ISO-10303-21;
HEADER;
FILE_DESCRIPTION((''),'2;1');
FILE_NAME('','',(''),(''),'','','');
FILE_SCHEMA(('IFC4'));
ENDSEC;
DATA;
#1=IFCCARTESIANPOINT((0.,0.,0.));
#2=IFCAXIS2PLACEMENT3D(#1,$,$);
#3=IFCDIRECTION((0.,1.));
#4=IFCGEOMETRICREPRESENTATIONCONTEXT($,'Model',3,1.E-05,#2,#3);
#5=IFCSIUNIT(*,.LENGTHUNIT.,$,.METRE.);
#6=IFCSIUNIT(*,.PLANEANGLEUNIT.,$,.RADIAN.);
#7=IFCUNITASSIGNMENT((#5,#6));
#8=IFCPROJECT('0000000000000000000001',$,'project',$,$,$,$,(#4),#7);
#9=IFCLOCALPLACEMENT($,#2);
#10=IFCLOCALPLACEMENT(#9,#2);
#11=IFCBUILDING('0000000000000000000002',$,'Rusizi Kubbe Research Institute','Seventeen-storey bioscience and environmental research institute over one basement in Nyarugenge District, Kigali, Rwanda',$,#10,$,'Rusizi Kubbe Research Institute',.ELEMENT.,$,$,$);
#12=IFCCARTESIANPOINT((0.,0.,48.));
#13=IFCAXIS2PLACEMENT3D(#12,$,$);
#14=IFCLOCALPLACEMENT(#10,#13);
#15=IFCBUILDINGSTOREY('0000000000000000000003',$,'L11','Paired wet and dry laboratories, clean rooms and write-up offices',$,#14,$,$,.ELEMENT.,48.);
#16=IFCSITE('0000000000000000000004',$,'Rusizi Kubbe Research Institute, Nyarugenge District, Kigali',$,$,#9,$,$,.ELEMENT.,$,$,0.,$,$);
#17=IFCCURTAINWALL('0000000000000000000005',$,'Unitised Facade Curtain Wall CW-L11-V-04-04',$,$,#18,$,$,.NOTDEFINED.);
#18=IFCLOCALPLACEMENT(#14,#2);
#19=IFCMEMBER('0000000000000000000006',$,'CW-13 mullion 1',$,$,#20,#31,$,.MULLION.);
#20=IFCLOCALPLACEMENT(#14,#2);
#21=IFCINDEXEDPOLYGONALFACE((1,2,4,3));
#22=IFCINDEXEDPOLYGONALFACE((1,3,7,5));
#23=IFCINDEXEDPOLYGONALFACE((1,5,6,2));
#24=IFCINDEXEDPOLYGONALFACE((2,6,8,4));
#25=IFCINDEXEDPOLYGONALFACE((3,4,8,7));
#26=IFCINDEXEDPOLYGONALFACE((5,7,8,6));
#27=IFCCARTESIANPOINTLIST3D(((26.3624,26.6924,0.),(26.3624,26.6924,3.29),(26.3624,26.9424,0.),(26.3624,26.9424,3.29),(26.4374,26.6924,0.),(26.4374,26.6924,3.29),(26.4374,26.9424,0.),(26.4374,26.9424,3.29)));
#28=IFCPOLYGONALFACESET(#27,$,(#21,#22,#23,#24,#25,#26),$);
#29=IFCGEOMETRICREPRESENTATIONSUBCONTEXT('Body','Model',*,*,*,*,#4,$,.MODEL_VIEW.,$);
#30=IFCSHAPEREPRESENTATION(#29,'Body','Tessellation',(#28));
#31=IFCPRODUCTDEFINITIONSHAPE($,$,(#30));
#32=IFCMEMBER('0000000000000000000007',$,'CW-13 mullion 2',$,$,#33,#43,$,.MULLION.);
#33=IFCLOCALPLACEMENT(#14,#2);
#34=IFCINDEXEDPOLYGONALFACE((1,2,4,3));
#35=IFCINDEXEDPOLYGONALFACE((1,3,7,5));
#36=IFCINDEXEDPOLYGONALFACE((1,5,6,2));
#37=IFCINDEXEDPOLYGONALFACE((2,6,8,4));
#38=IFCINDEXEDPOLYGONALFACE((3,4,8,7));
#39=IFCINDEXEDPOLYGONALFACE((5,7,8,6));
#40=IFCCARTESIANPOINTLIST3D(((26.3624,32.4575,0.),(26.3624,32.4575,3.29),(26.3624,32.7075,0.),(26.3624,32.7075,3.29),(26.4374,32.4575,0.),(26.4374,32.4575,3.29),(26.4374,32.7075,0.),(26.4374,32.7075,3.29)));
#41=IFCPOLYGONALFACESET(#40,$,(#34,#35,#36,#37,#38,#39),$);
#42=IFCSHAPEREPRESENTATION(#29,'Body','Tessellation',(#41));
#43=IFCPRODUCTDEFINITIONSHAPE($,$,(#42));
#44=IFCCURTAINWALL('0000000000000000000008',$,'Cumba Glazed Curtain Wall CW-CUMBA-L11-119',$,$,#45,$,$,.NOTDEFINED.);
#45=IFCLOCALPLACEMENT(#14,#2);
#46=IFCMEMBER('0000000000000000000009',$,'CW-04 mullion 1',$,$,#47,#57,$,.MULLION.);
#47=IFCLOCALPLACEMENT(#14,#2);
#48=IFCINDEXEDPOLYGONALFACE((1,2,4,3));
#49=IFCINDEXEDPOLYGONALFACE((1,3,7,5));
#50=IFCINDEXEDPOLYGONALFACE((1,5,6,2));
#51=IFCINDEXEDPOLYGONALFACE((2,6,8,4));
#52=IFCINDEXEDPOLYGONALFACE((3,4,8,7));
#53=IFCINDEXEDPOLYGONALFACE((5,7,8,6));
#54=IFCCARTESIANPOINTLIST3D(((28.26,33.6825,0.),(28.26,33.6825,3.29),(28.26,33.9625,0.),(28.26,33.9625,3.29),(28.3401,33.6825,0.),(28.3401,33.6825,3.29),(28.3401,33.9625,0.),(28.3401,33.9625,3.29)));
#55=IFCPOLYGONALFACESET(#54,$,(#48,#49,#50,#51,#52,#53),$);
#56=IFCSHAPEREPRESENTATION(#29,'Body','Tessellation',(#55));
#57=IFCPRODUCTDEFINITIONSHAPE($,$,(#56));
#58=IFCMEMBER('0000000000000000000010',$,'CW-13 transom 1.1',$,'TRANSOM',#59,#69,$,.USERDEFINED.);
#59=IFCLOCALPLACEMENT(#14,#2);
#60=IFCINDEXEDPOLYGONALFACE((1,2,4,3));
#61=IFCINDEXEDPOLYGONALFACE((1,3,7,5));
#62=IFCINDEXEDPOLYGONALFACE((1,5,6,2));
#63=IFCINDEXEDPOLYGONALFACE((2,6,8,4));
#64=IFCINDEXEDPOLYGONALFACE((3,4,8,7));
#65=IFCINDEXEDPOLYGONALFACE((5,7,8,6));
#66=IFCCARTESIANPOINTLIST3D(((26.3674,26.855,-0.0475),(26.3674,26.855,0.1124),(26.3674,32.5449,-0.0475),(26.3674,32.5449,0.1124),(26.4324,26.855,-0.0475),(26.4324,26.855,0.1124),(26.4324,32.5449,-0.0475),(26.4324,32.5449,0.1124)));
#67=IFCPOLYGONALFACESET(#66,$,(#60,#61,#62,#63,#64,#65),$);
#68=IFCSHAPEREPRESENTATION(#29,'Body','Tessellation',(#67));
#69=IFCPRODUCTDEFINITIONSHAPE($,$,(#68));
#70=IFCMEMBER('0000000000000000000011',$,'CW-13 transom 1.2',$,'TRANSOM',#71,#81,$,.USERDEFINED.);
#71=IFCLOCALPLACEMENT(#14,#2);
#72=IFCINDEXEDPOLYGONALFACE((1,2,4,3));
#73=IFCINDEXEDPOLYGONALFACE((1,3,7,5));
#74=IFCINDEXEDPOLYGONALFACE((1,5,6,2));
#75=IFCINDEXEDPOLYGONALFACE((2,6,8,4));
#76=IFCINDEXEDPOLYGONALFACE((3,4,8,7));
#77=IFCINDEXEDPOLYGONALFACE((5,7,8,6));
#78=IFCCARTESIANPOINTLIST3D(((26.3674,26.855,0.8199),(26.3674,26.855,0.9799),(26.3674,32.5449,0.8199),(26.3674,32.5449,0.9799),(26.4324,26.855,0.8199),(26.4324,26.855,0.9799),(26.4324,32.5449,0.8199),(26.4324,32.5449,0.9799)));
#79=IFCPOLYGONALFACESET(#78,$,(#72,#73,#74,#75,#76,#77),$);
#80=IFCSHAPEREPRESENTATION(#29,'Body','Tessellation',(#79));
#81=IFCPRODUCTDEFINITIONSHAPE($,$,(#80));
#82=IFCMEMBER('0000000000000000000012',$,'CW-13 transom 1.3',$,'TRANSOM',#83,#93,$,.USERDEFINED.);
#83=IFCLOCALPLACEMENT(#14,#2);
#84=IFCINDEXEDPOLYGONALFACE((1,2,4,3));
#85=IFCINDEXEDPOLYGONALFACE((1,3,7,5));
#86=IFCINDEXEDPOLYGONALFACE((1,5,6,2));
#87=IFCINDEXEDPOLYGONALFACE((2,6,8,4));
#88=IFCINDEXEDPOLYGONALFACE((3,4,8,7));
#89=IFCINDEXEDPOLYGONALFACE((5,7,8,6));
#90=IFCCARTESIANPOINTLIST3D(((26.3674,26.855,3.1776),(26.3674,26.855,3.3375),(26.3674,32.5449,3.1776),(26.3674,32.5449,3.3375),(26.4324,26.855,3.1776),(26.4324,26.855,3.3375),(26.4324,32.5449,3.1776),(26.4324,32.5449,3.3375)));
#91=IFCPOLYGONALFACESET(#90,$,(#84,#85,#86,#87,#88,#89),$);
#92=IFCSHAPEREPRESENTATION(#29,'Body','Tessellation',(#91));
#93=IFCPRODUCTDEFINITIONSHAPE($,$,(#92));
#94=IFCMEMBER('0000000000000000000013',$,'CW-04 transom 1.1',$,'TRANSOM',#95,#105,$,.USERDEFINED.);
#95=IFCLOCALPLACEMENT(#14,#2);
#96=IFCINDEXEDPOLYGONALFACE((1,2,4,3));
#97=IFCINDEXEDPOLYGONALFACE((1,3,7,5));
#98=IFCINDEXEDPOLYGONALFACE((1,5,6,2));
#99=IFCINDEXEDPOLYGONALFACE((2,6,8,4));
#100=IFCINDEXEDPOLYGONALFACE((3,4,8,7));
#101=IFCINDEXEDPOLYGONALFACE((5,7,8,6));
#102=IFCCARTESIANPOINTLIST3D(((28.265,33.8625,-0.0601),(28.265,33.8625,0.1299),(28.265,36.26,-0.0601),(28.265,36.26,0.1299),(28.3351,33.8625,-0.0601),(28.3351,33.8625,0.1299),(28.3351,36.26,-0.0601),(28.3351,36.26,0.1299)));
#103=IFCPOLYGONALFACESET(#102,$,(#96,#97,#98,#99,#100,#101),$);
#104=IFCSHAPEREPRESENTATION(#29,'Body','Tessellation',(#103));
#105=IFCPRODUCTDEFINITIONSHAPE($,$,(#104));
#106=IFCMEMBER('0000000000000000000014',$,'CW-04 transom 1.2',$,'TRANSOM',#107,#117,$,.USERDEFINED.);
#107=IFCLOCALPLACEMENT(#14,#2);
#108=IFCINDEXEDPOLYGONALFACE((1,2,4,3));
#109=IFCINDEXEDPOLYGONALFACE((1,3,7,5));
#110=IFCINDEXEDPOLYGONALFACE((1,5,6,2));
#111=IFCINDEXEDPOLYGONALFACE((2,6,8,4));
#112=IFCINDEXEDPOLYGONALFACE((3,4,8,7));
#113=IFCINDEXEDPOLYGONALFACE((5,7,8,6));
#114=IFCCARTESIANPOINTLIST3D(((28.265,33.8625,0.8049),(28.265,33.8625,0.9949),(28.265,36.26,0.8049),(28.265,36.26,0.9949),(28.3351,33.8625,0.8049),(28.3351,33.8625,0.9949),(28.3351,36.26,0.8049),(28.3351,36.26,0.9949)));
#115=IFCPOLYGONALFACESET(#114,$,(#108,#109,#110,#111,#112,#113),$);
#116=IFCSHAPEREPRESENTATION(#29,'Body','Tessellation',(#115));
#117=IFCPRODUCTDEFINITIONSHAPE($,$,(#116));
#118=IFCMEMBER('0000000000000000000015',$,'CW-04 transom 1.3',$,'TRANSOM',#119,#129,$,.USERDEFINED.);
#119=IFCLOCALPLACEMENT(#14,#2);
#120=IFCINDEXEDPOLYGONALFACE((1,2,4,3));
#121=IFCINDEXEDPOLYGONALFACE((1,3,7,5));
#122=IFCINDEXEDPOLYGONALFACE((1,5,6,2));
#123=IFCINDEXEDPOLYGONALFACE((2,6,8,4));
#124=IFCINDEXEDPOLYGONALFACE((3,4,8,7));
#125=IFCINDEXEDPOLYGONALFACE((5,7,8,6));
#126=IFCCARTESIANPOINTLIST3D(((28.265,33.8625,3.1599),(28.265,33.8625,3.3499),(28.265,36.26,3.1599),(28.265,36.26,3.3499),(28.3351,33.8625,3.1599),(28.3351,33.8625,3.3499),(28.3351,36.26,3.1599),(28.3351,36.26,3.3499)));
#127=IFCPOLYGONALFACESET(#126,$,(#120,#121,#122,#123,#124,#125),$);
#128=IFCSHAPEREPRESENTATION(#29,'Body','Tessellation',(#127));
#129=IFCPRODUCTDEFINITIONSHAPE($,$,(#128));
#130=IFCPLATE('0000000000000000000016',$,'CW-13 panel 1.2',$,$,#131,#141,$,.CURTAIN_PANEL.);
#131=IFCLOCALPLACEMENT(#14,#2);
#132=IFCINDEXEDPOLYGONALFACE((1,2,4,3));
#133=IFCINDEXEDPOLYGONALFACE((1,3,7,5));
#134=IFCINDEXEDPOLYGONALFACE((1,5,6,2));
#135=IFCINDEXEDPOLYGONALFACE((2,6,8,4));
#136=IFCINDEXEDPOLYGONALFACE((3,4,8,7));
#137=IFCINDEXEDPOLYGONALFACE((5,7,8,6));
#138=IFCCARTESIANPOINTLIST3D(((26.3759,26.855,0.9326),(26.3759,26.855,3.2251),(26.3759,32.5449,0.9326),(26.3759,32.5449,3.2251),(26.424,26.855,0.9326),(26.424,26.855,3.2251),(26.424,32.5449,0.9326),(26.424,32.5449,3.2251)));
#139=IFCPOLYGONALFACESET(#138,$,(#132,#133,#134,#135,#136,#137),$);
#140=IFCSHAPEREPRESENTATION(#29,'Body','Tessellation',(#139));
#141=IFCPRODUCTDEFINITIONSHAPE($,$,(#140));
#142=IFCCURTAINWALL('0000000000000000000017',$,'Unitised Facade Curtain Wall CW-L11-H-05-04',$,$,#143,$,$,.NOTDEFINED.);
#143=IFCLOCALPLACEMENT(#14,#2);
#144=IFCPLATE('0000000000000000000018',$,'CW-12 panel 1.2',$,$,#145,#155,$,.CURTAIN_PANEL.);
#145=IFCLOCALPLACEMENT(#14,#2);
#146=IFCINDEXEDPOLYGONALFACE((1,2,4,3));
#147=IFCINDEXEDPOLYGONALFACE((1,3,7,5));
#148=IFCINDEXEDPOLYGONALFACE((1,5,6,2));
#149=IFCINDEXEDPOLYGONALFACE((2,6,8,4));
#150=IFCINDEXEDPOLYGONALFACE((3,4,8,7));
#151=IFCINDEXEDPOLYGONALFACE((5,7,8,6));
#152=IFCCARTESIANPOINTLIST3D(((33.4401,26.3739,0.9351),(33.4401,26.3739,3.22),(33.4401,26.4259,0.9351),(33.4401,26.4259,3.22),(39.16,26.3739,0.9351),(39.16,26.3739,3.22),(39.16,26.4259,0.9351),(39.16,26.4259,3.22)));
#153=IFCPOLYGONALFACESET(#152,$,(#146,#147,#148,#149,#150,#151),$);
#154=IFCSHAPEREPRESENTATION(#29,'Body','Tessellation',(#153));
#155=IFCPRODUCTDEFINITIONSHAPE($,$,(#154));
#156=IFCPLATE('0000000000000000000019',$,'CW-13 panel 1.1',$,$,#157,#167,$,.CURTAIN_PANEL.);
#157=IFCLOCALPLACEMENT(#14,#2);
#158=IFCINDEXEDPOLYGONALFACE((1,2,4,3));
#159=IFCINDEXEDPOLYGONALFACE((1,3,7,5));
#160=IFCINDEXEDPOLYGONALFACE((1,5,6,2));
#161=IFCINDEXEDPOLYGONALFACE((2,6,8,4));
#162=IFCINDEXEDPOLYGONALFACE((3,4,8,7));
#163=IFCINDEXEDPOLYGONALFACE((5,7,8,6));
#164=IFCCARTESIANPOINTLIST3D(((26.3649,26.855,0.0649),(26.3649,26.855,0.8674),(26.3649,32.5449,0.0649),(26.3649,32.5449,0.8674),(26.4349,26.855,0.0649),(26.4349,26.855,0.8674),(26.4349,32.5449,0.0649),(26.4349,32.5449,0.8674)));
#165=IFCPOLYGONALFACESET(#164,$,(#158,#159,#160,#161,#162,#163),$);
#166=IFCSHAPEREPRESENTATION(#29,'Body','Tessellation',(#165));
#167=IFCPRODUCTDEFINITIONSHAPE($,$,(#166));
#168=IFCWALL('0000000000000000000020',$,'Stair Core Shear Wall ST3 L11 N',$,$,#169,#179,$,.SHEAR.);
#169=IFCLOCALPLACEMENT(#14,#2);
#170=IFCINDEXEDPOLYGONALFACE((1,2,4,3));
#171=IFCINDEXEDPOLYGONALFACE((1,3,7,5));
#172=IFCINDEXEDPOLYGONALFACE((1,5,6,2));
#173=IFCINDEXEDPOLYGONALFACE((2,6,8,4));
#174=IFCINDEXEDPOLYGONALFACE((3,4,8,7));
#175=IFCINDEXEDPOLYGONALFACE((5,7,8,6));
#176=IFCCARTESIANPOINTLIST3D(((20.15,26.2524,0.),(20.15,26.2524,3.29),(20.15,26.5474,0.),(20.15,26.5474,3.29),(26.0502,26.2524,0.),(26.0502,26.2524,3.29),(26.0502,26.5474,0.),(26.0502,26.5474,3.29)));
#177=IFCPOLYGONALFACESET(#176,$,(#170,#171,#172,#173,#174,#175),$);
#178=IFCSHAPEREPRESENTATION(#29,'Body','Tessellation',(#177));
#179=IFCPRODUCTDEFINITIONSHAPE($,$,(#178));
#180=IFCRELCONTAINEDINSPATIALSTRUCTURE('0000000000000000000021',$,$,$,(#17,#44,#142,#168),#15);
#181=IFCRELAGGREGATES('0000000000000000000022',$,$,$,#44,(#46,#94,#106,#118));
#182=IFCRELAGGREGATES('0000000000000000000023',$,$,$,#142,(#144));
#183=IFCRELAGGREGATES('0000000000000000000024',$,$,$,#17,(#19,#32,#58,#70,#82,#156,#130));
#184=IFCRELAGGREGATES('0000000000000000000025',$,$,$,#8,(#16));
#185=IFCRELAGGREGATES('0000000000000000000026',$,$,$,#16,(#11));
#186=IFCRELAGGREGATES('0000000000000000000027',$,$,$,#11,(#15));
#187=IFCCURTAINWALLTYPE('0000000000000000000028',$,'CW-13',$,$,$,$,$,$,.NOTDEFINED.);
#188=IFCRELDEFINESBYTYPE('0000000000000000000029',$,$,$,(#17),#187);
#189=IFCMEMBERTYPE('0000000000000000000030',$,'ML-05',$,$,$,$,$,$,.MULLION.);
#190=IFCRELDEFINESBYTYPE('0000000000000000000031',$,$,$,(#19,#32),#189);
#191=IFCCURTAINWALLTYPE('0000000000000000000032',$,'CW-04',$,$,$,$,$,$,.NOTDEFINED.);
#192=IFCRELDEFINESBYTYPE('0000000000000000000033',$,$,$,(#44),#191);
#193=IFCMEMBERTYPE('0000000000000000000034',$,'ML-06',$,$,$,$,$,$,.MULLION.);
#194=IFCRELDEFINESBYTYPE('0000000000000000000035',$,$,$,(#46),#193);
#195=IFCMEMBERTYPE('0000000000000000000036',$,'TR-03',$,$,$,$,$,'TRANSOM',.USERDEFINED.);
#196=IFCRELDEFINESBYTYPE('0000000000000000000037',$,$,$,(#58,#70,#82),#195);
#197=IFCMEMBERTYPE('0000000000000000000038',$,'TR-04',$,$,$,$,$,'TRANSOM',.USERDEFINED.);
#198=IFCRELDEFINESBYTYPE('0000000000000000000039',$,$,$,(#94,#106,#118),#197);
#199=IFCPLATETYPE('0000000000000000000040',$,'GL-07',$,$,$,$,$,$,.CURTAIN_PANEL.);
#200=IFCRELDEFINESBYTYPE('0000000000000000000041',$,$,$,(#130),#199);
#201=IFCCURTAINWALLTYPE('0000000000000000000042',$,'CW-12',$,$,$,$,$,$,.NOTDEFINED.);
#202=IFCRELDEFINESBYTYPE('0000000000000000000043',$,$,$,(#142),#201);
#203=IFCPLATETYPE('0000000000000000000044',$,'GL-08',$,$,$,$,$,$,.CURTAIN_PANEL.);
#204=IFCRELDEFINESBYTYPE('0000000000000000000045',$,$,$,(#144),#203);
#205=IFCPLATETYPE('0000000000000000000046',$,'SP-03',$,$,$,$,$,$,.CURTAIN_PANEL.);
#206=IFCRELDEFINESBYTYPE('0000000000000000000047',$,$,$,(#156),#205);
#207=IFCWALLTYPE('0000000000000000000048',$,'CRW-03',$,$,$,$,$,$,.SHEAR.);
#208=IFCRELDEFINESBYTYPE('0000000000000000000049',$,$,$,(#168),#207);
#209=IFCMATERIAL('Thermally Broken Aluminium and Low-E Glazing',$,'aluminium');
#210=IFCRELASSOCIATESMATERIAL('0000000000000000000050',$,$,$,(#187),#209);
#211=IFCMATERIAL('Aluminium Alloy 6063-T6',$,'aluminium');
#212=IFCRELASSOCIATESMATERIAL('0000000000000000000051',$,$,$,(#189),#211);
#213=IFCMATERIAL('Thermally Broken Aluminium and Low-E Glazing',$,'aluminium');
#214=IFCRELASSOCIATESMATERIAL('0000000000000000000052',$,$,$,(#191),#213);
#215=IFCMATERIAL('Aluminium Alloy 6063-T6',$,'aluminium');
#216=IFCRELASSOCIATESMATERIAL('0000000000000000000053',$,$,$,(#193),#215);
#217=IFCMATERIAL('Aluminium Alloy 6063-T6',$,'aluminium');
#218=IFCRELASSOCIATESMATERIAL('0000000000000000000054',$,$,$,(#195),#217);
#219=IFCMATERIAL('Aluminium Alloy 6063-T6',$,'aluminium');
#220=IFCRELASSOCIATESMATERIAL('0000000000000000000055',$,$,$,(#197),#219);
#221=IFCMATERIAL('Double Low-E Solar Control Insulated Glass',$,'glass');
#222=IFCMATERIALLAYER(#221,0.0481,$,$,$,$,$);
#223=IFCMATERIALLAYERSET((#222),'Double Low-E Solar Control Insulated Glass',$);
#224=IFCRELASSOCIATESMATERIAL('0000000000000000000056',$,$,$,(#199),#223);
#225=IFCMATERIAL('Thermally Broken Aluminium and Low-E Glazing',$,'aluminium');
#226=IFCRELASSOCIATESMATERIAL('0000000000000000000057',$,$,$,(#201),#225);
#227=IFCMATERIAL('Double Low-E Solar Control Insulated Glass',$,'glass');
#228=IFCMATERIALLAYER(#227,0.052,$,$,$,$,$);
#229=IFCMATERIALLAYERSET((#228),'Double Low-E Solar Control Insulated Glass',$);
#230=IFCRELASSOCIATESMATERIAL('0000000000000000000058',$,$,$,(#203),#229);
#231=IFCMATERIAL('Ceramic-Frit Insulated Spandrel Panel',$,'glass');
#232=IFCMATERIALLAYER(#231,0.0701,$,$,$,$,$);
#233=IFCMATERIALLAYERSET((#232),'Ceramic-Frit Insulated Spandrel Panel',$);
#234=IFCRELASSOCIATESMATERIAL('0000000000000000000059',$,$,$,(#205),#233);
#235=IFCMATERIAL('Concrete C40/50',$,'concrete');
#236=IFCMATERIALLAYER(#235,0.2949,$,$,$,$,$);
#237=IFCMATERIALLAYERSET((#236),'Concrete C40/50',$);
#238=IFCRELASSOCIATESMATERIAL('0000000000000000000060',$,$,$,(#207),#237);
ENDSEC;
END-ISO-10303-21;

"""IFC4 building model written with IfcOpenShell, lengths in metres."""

from ifc_helpers import new_model, si_unit, direction, frame, frame_2d, origin, origin_2d, place, context, subcontext, project, spatial, rectangle, extrude, material, layer, layer_set, material_profile, profile_set, type_object, element, aggregate, save


model = new_model("IFC4")

# Units and contexts
model_context = context("Model", 3, precision=1e-05, world=origin(), true_north=direction((0.0, 1.0)))
body_context = subcontext(model_context, "Body", "Model", "MODEL_VIEW")
ifc_project = project(units=[si_unit("LENGTHUNIT", "METRE"), si_unit("PLANEANGLEUNIT", "RADIAN")], contexts=[model_context])

# Site, building, storey
site_placement = place(None, origin())
site = spatial("IfcSite", under=ifc_project, at=site_placement, Name="Rusizi Kubbe Research Institute, Nyarugenge District, Kigali", CompositionType="ELEMENT", RefElevation=0.0)
building_placement = place(site_placement, origin())
building = spatial("IfcBuilding", under=site, at=building_placement, Name="Rusizi Kubbe Research Institute", Description="Seventeen-storey bioscience and environmental research institute over one basement in Nyarugenge District, Kigali, Rwanda", LongName="Rusizi Kubbe Research Institute", CompositionType="ELEMENT")
storey_placement = place(building_placement, frame((0.0, 0.0, 48.0)))
storey = spatial("IfcBuildingStorey", under=building, at=storey_placement, Name="L11", Description="Paired wet and dry laboratories, clean rooms and write-up offices", CompositionType="ELEMENT", Elevation=48.0)

# Curtain wall, members
ifc_material_1 = material(Name="Thermally Broken Aluminium and Low-E Glazing", Category="aluminium")
curtain_wall_type_1 = type_object("IfcCurtainWallType", Name="CW-13", PredefinedType="NOTDEFINED", material=ifc_material_1)
curtain_wall_1_placement = place(storey_placement, origin())
curtain_wall_1 = element("IfcCurtainWall", 1, at=curtain_wall_1_placement, inside=storey, type_object=curtain_wall_type_1, Name="Unitised Facade Curtain Wall CW-L11-V-04-04", PredefinedType="NOTDEFINED")
ifc_material_2 = material(Name="Aluminium Alloy 6063-T6", Category="aluminium")
ifc_material_profile_1 = material_profile(ifc_material_2, rectangle(XDim=0.075, YDim=0.25, at=origin_2d()), Name="ALU-M 75x250")
ifc_profile_set_1 = profile_set([ifc_material_profile_1], Name="Aluminium Alloy 6063-T6")
member_type_1 = type_object("IfcMemberType", Name="ML-05", PredefinedType="MULLION", material=ifc_profile_set_1)
member_1_placement = place(storey_placement, frame((26.3999, 26.8174, 0.0), z_axis=(0.0, 0.0, 1.0), x_axis=(-1.0, 0.0, 0.0)))
member_1 = element("IfcMember", 2, at=member_1_placement, type_object=member_type_1, Name="CW-13 mullion 1", PredefinedType="MULLION", context=body_context, shape_type="SweptSolid", body=[
    extrude(rectangle(XDim=0.075, YDim=0.25, at=origin_2d()), origin(), (0.0, 0.0, 1.0), 3.29),
])
member_2_placement = place(storey_placement, frame((26.3999, 32.5825, 0.0), z_axis=(0.0, 0.0, 1.0), x_axis=(-1.0, 0.0, 0.0)))
member_2 = element("IfcMember", 3, at=member_2_placement, type_object=member_type_1, Name="CW-13 mullion 2", PredefinedType="MULLION", context=body_context, shape_type="SweptSolid", body=[
    extrude(rectangle(XDim=0.075, YDim=0.25, at=origin_2d()), origin(), (0.0, 0.0, 1.0), 3.29),
])

# Curtain wall, member
ifc_material_3 = material(Name="Thermally Broken Aluminium and Low-E Glazing", Category="aluminium")
curtain_wall_type_2 = type_object("IfcCurtainWallType", Name="CW-04", PredefinedType="NOTDEFINED", material=ifc_material_3)
curtain_wall_2_placement = place(storey_placement, origin())
curtain_wall_2 = element("IfcCurtainWall", 4, at=curtain_wall_2_placement, inside=storey, type_object=curtain_wall_type_2, Name="Cumba Glazed Curtain Wall CW-CUMBA-L11-119", PredefinedType="NOTDEFINED")
ifc_material_4 = material(Name="Aluminium Alloy 6063-T6", Category="aluminium")
ifc_material_profile_2 = material_profile(ifc_material_4, rectangle(XDim=0.0801, YDim=0.28, at=origin_2d()), Name="ALU-M 80x280")
ifc_profile_set_2 = profile_set([ifc_material_profile_2], Name="Aluminium Alloy 6063-T6")
member_type_2 = type_object("IfcMemberType", Name="ML-06", PredefinedType="MULLION", material=ifc_profile_set_2)
member_3_placement = place(storey_placement, frame((28.3, 33.8225, 0.0), z_axis=(0.0, 0.0, 1.0), x_axis=(-1.0, 0.0, 0.0)))
member_3 = element("IfcMember", 5, at=member_3_placement, type_object=member_type_2, Name="CW-04 mullion 1", PredefinedType="MULLION", context=body_context, shape_type="SweptSolid", body=[
    extrude(rectangle(XDim=0.0801, YDim=0.28, at=origin_2d()), origin(), (0.0, 0.0, 1.0), 3.29),
])

# Members
ifc_material_5 = material(Name="Aluminium Alloy 6063-T6", Category="aluminium")
ifc_material_profile_3 = material_profile(ifc_material_5, rectangle(XDim=0.0649, YDim=0.1599, at=origin_2d()), Name="ALU-T 65x160")
ifc_profile_set_3 = profile_set([ifc_material_profile_3], Name="Aluminium Alloy 6063-T6")
member_type_3 = type_object("IfcMemberType", Name="TR-03", ElementType="TRANSOM", PredefinedType="USERDEFINED", material=ifc_profile_set_3)
member_4_placement = place(storey_placement, frame((26.3999, 26.855, 0.0325), z_axis=(0.0, 1.0, 0.0), x_axis=(-1.0, 0.0, 0.0)))
member_4 = element("IfcMember", 6, at=member_4_placement, type_object=member_type_3, Name="CW-13 transom 1.1", ObjectType="TRANSOM", PredefinedType="USERDEFINED", context=body_context, shape_type="SweptSolid", body=[
    extrude(rectangle(XDim=0.0649, YDim=0.1599, at=origin_2d()), origin(), (0.0, 0.0, 1.0), 5.6899),
])
member_5_placement = place(storey_placement, frame((26.3999, 26.855, 0.8999), z_axis=(0.0, 1.0, 0.0), x_axis=(-1.0, 0.0, 0.0)))
member_5 = element("IfcMember", 7, at=member_5_placement, type_object=member_type_3, Name="CW-13 transom 1.2", ObjectType="TRANSOM", PredefinedType="USERDEFINED", context=body_context, shape_type="SweptSolid", body=[
    extrude(rectangle(XDim=0.0649, YDim=0.1599, at=origin_2d()), origin(), (0.0, 0.0, 1.0), 5.6899),
])
member_6_placement = place(storey_placement, frame((26.3999, 26.855, 3.2576), z_axis=(0.0, 1.0, 0.0), x_axis=(-1.0, 0.0, 0.0)))
member_6 = element("IfcMember", 8, at=member_6_placement, type_object=member_type_3, Name="CW-13 transom 1.3", ObjectType="TRANSOM", PredefinedType="USERDEFINED", context=body_context, shape_type="SweptSolid", body=[
    extrude(rectangle(XDim=0.0649, YDim=0.1599, at=origin_2d()), origin(), (0.0, 0.0, 1.0), 5.6899),
])
ifc_material_6 = material(Name="Aluminium Alloy 6063-T6", Category="aluminium")
ifc_material_profile_4 = material_profile(ifc_material_6, rectangle(XDim=0.0701, YDim=0.1899, at=origin_2d()), Name="ALU-T 70x190")
ifc_profile_set_4 = profile_set([ifc_material_profile_4], Name="Aluminium Alloy 6063-T6")
member_type_4 = type_object("IfcMemberType", Name="TR-04", ElementType="TRANSOM", PredefinedType="USERDEFINED", material=ifc_profile_set_4)
member_7_placement = place(storey_placement, frame((28.3, 33.8625, 0.0349), z_axis=(0.0, 1.0, 0.0), x_axis=(-1.0, 0.0, 0.0)))
member_7 = element("IfcMember", 9, at=member_7_placement, type_object=member_type_4, Name="CW-04 transom 1.1", ObjectType="TRANSOM", PredefinedType="USERDEFINED", context=body_context, shape_type="SweptSolid", body=[
    extrude(rectangle(XDim=0.0701, YDim=0.1899, at=origin_2d()), origin(), (0.0, 0.0, 1.0), 2.3975),
])
member_8_placement = place(storey_placement, frame((28.3, 33.8625, 0.8999), z_axis=(0.0, 1.0, 0.0), x_axis=(-1.0, 0.0, 0.0)))
member_8 = element("IfcMember", 10, at=member_8_placement, type_object=member_type_4, Name="CW-04 transom 1.2", ObjectType="TRANSOM", PredefinedType="USERDEFINED", context=body_context, shape_type="SweptSolid", body=[
    extrude(rectangle(XDim=0.0701, YDim=0.1899, at=origin_2d()), origin(), (0.0, 0.0, 1.0), 2.3975),
])
member_9_placement = place(storey_placement, frame((28.3, 33.8625, 3.2549), z_axis=(0.0, 1.0, 0.0), x_axis=(-1.0, 0.0, 0.0)))
member_9 = element("IfcMember", 11, at=member_9_placement, type_object=member_type_4, Name="CW-04 transom 1.3", ObjectType="TRANSOM", PredefinedType="USERDEFINED", context=body_context, shape_type="SweptSolid", body=[
    extrude(rectangle(XDim=0.0701, YDim=0.1899, at=origin_2d()), origin(), (0.0, 0.0, 1.0), 2.3975),
])
aggregate(curtain_wall_2, [member_3, member_7, member_8, member_9])

# Plate
ifc_material_7 = material(Name="Double Low-E Solar Control Insulated Glass", Category="glass")
ifc_layer_1 = layer(ifc_material_7, 0.0481)
ifc_layer_set_1 = layer_set([ifc_layer_1], Name="Double Low-E Solar Control Insulated Glass")
plate_type_1 = type_object("IfcPlateType", Name="GL-07", PredefinedType="CURTAIN_PANEL", material=ifc_layer_set_1)
plate_1_placement = place(storey_placement, frame((26.3999, 29.7, 0.9326), z_axis=(0.0, 0.0, 1.0), x_axis=(0.0, 1.0, 0.0)))
plate_1 = element("IfcPlate", 12, at=plate_1_placement, type_object=plate_type_1, Name="CW-13 panel 1.2", PredefinedType="CURTAIN_PANEL", context=body_context, shape_type="SweptSolid", body=[
    extrude(rectangle(XDim=5.6899, YDim=0.0481, at=origin_2d()), origin(), (0.0, 0.0, 1.0), 2.2925),
])

# Curtain wall, plate
ifc_material_8 = material(Name="Thermally Broken Aluminium and Low-E Glazing", Category="aluminium")
curtain_wall_type_3 = type_object("IfcCurtainWallType", Name="CW-12", PredefinedType="NOTDEFINED", material=ifc_material_8)
curtain_wall_3_placement = place(storey_placement, origin())
curtain_wall_3 = element("IfcCurtainWall", 13, at=curtain_wall_3_placement, inside=storey, type_object=curtain_wall_type_3, Name="Unitised Facade Curtain Wall CW-L11-H-05-04", PredefinedType="NOTDEFINED")
ifc_material_9 = material(Name="Double Low-E Solar Control Insulated Glass", Category="glass")
ifc_layer_2 = layer(ifc_material_9, 0.052)
ifc_layer_set_2 = layer_set([ifc_layer_2], Name="Double Low-E Solar Control Insulated Glass")
plate_type_2 = type_object("IfcPlateType", Name="GL-08", PredefinedType="CURTAIN_PANEL", material=ifc_layer_set_2)
plate_2_placement = place(storey_placement, frame((36.3, 26.3999, 0.9351), z_axis=(0.0, 0.0, 1.0), x_axis=(1.0, 0.0, 0.0)))
plate_2 = element("IfcPlate", 14, at=plate_2_placement, type_object=plate_type_2, Name="CW-12 panel 1.2", PredefinedType="CURTAIN_PANEL", context=body_context, shape_type="SweptSolid", body=[
    extrude(rectangle(XDim=5.72, YDim=0.052, at=origin_2d()), origin(), (0.0, 0.0, 1.0), 2.2849),
])
aggregate(curtain_wall_3, [plate_2])

# Plate
ifc_material_10 = material(Name="Ceramic-Frit Insulated Spandrel Panel", Category="glass")
ifc_layer_3 = layer(ifc_material_10, 0.0701)
ifc_layer_set_3 = layer_set([ifc_layer_3], Name="Ceramic-Frit Insulated Spandrel Panel")
plate_type_3 = type_object("IfcPlateType", Name="SP-03", PredefinedType="CURTAIN_PANEL", material=ifc_layer_set_3)
plate_3_placement = place(storey_placement, frame((26.3999, 29.7, 0.0649), z_axis=(0.0, 0.0, 1.0), x_axis=(0.0, 1.0, 0.0)))
plate_3 = element("IfcPlate", 15, at=plate_3_placement, type_object=plate_type_3, Name="CW-13 panel 1.1", PredefinedType="CURTAIN_PANEL", context=body_context, shape_type="SweptSolid", body=[
    extrude(rectangle(XDim=5.6899, YDim=0.0701, at=origin_2d()), origin(), (0.0, 0.0, 1.0), 0.8025),
])
aggregate(curtain_wall_1, [member_1, member_2, member_4, member_5, member_6, plate_3, plate_1])

# Wall
ifc_material_11 = material(Name="Concrete C40/50", Category="concrete")
ifc_layer_4 = layer(ifc_material_11, 0.2949)
ifc_layer_set_4 = layer_set([ifc_layer_4], Name="Concrete C40/50")
wall_type_1 = type_object("IfcWallType", Name="CRW-03", PredefinedType="SHEAR", material=ifc_layer_set_4)
wall_1_placement = place(storey_placement, frame((20.1499, 26.3999, 0.0), z_axis=(0.0, 0.0, 1.0), x_axis=(1.0, 0.0, 0.0)))
element("IfcWall", 16, at=wall_1_placement, inside=storey, type_object=wall_type_1, Name="Stair Core Shear Wall ST3 L11 N", PredefinedType="SHEAR", context=body_context, shape_type="SweptSolid", body=[
    extrude(rectangle(XDim=5.9001, YDim=0.2949, at=frame_2d((2.9502, 0.0))), origin(), (0.0, 0.0, 1.0), 3.29),
])

save(model, "model.ifc")
